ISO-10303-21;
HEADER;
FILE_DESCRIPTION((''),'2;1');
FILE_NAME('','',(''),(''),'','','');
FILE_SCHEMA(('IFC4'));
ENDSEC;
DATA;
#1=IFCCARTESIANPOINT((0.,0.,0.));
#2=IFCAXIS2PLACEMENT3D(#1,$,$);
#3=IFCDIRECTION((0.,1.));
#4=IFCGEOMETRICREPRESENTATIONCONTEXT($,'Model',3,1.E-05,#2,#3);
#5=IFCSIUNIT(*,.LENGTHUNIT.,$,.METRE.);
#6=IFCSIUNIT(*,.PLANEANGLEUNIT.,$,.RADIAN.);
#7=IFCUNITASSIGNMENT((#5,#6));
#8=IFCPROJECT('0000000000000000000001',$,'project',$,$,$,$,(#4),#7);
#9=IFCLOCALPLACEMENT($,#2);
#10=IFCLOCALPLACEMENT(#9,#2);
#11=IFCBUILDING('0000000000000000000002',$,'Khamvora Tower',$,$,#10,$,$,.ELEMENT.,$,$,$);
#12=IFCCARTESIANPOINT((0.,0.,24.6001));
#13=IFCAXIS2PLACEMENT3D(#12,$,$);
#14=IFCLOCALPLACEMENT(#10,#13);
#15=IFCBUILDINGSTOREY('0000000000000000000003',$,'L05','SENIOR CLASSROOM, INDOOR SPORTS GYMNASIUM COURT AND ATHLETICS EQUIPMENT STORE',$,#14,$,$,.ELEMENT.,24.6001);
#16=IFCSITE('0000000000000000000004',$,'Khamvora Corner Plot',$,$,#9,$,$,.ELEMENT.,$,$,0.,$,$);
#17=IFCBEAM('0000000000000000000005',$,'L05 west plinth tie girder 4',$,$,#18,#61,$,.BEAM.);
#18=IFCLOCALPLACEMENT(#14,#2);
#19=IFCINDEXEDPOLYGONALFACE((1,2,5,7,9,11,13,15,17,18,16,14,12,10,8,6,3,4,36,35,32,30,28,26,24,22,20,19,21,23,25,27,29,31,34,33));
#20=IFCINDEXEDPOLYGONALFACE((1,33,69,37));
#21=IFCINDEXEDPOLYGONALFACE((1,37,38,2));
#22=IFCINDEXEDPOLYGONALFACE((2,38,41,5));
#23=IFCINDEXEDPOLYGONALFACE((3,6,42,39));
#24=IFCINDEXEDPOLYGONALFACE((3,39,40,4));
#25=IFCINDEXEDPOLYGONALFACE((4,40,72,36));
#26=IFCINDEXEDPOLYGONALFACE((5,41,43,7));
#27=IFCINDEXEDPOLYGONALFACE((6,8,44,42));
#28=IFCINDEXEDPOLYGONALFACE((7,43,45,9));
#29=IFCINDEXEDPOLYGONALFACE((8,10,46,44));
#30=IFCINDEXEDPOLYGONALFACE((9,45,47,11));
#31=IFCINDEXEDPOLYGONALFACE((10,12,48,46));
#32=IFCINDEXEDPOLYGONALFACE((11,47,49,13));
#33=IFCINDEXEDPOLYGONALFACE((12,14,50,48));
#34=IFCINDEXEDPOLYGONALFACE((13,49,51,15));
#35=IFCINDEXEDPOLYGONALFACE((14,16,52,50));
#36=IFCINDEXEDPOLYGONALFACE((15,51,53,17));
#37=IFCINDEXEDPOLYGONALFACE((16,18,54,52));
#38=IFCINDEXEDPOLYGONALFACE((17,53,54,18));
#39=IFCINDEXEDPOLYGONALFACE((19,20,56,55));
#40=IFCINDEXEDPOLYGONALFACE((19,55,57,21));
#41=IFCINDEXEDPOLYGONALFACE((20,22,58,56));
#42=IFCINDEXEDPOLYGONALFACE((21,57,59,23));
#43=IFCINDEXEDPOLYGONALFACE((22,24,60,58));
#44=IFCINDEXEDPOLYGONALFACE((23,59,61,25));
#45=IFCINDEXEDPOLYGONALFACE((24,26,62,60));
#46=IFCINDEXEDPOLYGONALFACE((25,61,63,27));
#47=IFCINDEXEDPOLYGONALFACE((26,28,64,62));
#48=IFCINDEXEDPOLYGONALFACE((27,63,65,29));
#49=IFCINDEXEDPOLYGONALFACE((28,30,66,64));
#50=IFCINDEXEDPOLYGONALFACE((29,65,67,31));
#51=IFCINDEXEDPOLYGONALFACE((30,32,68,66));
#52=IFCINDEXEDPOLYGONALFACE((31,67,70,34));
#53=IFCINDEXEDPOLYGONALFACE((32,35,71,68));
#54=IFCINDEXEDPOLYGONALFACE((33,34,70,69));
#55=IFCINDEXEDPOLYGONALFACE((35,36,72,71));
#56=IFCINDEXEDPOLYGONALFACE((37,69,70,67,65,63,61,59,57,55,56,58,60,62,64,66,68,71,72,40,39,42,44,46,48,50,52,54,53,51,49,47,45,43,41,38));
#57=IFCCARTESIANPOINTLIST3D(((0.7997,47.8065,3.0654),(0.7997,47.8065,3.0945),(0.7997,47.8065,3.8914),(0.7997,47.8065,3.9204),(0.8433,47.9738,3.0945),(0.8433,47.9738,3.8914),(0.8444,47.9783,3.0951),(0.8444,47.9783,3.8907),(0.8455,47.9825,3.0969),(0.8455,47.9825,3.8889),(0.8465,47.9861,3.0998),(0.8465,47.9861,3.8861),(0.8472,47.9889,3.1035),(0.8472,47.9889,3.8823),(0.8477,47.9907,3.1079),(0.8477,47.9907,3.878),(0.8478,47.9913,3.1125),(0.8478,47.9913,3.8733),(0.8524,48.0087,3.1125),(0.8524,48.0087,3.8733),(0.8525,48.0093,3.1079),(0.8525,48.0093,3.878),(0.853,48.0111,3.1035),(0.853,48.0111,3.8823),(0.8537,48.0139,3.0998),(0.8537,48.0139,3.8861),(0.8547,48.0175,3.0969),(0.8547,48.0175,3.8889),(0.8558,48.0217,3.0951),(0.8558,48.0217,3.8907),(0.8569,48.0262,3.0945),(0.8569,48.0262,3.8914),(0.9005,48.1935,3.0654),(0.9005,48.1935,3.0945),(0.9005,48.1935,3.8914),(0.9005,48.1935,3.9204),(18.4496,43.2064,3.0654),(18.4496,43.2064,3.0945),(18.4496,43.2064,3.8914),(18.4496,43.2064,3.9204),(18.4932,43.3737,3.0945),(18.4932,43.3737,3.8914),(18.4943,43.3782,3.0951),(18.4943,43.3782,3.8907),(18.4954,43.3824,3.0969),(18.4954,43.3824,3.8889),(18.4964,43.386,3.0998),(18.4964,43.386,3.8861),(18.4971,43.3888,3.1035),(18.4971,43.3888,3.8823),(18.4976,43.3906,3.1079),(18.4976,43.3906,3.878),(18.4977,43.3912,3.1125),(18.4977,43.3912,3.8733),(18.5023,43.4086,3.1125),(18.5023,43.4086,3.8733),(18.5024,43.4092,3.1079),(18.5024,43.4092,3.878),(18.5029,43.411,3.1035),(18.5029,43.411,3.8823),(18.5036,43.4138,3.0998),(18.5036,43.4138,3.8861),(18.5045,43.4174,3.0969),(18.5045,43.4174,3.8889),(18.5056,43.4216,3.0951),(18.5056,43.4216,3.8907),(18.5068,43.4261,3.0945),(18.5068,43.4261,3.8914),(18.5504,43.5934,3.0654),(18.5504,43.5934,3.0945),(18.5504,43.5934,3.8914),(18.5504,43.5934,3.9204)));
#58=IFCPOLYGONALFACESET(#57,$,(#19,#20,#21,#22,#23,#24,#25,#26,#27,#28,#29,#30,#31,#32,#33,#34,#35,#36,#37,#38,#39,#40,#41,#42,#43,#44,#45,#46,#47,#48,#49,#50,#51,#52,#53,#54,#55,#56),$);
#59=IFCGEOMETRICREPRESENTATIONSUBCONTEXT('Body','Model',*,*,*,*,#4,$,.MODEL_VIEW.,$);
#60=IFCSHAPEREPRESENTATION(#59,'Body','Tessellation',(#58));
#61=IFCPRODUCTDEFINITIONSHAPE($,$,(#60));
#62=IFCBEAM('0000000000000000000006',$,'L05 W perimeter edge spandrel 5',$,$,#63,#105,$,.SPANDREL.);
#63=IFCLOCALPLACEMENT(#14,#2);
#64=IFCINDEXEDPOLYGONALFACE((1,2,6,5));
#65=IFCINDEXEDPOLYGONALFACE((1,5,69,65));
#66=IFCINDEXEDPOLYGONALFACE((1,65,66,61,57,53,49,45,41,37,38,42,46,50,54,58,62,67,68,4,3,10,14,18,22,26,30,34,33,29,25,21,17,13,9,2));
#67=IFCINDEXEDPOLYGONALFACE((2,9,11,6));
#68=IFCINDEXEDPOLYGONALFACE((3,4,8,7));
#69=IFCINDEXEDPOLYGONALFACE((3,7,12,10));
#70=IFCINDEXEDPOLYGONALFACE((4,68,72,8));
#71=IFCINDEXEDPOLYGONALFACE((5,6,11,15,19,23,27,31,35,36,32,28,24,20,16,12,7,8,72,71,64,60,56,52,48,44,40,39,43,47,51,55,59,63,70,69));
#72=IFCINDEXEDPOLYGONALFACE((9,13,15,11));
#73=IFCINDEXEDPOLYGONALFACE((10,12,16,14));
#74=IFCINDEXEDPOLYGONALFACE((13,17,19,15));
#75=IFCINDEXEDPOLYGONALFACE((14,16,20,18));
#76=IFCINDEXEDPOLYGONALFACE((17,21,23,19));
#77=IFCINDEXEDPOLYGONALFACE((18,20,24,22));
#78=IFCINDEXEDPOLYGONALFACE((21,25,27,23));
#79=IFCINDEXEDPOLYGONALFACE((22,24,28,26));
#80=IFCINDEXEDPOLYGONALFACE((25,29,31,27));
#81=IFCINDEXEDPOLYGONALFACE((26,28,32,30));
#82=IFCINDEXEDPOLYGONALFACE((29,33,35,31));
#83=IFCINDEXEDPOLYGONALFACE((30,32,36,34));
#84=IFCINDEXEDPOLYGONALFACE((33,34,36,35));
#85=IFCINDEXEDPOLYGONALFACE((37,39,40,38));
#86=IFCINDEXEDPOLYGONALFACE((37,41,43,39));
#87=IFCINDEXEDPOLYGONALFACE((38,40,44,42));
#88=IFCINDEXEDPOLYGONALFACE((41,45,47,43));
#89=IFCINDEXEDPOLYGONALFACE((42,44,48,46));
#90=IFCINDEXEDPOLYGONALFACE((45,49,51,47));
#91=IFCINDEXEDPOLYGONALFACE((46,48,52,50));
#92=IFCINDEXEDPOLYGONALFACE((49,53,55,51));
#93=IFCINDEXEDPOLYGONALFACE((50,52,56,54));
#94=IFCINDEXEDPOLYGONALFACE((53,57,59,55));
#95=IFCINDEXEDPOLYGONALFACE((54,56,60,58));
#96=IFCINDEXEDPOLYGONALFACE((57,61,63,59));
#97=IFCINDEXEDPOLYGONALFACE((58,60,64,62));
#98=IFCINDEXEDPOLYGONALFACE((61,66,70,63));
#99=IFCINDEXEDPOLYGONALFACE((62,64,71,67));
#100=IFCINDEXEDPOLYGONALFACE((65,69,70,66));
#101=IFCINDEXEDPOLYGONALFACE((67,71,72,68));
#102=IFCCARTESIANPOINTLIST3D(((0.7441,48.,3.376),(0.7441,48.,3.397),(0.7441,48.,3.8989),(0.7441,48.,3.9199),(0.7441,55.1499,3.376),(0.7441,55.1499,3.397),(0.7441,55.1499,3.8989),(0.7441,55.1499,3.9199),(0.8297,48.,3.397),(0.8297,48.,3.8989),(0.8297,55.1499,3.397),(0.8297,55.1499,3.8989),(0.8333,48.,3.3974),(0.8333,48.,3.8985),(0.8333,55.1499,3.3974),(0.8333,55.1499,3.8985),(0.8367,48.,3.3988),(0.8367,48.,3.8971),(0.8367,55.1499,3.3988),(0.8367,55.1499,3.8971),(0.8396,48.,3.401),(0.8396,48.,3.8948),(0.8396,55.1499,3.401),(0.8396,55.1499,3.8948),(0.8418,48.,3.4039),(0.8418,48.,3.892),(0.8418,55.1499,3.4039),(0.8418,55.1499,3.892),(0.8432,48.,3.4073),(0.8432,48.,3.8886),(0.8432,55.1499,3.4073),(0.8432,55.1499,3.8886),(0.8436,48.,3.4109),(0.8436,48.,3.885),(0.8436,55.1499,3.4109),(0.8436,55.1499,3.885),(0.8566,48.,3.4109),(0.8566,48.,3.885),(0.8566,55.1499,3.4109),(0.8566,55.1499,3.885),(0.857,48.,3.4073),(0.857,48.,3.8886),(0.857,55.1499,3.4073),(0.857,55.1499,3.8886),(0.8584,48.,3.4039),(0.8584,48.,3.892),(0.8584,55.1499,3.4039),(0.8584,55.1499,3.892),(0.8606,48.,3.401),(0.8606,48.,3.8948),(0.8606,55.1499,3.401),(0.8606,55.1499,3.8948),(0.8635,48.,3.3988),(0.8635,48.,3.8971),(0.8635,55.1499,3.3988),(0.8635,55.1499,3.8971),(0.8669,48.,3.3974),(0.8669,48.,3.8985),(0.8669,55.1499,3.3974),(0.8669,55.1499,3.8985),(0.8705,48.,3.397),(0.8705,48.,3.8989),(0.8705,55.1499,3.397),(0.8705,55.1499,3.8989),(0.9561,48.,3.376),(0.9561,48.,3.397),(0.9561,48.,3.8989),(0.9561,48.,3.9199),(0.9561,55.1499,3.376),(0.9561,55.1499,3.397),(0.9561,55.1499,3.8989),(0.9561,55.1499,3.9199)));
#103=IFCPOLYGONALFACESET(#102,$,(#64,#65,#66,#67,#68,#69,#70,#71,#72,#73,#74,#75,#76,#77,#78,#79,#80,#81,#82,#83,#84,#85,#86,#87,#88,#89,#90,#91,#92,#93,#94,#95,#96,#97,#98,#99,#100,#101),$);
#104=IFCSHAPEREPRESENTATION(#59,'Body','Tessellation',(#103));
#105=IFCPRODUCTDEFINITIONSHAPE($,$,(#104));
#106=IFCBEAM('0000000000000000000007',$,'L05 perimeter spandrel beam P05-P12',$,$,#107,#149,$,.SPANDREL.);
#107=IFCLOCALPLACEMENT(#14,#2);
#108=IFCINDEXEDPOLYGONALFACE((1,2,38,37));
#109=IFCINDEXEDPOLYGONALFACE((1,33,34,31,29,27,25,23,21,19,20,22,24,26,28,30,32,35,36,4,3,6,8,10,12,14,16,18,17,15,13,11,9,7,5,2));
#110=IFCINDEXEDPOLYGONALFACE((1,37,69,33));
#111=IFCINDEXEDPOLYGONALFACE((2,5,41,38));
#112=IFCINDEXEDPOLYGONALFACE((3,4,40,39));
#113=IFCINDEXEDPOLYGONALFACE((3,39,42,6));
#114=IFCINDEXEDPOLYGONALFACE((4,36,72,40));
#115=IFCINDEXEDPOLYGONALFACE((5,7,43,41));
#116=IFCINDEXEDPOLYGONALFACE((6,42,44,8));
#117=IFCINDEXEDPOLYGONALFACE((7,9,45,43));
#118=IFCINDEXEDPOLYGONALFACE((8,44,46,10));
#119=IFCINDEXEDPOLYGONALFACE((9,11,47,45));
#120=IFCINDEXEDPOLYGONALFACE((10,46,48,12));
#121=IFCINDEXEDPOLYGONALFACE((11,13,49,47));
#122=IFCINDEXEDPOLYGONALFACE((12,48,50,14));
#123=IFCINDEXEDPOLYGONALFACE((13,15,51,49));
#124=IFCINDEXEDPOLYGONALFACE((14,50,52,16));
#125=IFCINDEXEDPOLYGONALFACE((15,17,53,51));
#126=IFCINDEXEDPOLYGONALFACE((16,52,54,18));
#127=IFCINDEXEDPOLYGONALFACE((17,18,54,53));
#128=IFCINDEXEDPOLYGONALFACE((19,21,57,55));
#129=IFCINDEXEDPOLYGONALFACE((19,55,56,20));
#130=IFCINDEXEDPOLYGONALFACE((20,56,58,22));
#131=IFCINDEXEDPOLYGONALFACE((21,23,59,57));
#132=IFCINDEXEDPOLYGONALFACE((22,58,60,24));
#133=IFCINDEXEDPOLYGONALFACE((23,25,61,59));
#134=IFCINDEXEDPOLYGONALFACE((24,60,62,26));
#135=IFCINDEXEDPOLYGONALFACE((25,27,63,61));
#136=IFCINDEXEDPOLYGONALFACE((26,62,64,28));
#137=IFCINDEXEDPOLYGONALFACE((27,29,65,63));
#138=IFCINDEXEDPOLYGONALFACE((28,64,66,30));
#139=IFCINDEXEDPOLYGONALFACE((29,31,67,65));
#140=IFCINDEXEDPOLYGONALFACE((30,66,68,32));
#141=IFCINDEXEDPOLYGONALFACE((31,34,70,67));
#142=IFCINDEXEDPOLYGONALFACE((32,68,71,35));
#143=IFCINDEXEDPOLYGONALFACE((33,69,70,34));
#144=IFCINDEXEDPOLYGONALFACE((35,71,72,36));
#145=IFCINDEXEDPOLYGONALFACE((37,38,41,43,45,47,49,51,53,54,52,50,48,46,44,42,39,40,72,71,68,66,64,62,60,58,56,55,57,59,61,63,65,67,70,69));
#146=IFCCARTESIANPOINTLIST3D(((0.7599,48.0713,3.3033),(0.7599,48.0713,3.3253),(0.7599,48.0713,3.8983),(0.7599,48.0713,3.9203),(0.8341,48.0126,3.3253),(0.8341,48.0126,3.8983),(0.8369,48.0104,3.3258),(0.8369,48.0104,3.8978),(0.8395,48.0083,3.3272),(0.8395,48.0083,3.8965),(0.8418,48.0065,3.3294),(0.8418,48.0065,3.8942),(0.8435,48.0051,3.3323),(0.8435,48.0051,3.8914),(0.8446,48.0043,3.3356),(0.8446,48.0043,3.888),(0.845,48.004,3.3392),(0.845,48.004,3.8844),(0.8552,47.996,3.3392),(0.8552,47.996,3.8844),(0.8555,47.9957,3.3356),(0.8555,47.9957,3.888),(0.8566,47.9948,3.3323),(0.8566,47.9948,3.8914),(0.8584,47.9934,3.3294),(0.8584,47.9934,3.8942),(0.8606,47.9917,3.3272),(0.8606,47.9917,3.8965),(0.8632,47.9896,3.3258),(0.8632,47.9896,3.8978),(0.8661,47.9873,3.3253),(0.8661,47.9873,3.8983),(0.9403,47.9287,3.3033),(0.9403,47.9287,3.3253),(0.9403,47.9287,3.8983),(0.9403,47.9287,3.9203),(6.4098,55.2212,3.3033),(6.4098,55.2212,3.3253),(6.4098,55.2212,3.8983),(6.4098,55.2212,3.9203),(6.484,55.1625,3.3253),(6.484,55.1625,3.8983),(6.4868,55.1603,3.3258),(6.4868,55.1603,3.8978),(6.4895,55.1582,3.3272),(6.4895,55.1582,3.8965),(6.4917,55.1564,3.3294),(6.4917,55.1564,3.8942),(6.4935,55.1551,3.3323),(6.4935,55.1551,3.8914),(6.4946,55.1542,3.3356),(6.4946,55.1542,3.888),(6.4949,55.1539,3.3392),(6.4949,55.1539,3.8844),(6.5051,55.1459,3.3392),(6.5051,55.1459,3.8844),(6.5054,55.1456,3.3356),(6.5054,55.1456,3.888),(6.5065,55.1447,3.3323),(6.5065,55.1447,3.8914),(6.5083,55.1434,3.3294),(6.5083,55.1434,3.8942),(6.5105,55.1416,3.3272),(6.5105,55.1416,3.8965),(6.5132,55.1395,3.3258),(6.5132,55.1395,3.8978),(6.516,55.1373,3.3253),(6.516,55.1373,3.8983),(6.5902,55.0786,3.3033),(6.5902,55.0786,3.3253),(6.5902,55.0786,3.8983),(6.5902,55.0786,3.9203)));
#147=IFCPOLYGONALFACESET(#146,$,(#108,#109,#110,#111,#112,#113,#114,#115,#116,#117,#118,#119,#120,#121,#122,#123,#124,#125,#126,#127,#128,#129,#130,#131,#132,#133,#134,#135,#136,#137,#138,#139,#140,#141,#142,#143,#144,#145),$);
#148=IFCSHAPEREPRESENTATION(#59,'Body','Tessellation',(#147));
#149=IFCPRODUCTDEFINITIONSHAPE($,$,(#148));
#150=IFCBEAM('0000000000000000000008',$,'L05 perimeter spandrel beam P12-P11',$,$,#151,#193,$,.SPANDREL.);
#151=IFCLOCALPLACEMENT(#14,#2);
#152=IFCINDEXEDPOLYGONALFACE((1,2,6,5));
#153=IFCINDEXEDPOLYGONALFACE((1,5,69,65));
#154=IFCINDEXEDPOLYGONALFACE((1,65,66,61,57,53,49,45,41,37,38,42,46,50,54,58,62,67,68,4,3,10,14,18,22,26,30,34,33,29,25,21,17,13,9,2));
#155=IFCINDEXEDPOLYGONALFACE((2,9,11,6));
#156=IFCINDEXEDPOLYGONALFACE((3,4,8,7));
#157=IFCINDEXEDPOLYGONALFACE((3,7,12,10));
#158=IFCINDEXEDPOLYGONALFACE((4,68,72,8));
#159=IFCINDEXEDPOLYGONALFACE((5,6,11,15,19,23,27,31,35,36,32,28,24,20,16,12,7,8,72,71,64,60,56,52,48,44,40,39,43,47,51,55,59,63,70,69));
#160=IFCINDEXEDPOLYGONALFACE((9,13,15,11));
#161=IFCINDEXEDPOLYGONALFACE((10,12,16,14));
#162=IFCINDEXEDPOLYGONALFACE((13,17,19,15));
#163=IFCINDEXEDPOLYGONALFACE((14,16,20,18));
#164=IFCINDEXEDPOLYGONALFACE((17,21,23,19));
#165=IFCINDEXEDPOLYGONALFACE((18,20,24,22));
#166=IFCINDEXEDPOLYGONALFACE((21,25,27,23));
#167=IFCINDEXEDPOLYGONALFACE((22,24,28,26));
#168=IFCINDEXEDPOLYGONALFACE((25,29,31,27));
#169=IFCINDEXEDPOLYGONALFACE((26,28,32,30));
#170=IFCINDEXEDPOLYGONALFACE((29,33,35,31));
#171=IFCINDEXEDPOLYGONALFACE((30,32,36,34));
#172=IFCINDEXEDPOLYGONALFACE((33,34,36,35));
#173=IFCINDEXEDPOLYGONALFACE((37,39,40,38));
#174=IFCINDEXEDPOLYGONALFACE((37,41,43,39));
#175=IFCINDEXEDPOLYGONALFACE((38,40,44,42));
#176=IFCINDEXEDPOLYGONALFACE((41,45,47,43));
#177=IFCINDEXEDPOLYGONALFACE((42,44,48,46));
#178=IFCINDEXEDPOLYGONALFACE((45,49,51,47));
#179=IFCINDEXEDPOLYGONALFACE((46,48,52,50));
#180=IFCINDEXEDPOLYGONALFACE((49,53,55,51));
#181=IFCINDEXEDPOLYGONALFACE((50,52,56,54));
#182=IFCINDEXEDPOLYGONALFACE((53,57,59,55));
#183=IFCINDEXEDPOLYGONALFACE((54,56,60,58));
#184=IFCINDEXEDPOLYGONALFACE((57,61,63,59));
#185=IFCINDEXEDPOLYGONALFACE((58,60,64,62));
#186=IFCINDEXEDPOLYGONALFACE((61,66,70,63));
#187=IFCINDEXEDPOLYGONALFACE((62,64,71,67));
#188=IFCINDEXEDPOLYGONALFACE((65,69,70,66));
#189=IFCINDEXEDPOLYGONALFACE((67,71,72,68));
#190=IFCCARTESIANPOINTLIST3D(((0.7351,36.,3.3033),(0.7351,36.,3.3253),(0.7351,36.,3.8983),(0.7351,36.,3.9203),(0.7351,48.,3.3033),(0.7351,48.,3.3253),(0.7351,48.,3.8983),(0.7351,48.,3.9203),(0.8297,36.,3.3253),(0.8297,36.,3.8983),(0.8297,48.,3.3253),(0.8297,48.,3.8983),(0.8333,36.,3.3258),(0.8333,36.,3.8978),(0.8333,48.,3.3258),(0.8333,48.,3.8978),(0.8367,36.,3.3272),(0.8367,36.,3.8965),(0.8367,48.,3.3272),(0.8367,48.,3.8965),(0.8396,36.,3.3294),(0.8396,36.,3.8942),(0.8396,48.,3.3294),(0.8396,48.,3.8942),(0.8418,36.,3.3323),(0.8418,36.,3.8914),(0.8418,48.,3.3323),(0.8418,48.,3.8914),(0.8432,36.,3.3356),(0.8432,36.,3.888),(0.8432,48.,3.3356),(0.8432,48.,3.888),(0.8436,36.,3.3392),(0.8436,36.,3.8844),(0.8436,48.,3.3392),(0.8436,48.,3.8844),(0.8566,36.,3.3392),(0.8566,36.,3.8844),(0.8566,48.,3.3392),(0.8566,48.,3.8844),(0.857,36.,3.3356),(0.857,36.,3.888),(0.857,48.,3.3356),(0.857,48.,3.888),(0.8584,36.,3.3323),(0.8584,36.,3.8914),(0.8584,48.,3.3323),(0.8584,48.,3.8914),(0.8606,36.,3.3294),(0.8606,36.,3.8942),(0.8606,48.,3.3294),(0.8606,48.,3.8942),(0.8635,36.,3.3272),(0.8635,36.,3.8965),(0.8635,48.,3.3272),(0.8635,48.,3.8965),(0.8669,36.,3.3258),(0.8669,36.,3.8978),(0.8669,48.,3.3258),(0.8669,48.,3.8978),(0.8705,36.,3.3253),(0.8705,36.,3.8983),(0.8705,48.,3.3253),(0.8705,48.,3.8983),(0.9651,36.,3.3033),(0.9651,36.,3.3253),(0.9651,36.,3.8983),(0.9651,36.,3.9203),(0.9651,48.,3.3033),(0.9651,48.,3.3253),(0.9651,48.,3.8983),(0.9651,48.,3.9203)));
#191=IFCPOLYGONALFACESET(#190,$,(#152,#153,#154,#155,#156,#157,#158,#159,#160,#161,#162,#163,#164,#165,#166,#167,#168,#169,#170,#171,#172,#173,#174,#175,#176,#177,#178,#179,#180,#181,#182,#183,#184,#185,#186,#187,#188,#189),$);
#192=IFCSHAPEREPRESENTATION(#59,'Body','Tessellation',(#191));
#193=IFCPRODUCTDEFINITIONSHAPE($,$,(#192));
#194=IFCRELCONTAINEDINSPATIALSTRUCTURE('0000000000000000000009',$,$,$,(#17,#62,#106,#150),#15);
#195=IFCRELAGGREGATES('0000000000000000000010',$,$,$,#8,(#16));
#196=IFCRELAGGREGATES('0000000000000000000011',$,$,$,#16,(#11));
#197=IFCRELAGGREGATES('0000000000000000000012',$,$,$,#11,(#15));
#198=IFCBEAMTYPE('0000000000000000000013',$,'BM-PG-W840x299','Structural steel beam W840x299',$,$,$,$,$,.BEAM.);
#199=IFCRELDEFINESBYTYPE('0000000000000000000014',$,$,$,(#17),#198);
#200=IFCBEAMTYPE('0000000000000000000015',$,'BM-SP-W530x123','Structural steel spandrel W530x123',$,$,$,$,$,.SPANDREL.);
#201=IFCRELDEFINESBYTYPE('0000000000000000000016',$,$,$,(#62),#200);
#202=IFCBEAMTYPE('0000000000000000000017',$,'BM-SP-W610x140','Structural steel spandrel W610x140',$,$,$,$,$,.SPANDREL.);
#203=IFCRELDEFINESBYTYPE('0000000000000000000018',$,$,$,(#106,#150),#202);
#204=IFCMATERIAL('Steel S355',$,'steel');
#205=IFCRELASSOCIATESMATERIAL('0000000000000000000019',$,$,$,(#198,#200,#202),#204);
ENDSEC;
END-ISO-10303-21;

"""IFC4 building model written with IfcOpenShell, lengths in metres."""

from ifc_helpers import new_model, si_unit, direction, frame, origin, origin_2d, place, context, subcontext, project, spatial, i_section, extrude, material, material_profile, profile_set, type_object, element, save


model = new_model("IFC4")

# Units and contexts
model_context = context("Model", 3, precision=1e-05, world=origin(), true_north=direction((0.0, 1.0)))
body_context = subcontext(model_context, "Body", "Model", "MODEL_VIEW")
ifc_project = project(units=[si_unit("LENGTHUNIT", "METRE"), si_unit("PLANEANGLEUNIT", "RADIAN")], contexts=[model_context])

# Site, building, storey
site_placement = place(None, origin())
site = spatial("IfcSite", under=ifc_project, at=site_placement, Name="Khamvora Corner Plot", CompositionType="ELEMENT", RefElevation=0.0)
building_placement = place(site_placement, origin())
building = spatial("IfcBuilding", under=site, at=building_placement, Name="Khamvora Tower", CompositionType="ELEMENT")
storey_placement = place(building_placement, frame((0.0, 0.0, 24.6001)))
storey = spatial("IfcBuildingStorey", under=building, at=storey_placement, Name="L05", Description="SENIOR CLASSROOM, INDOOR SPORTS GYMNASIUM COURT AND ATHLETICS EQUIPMENT STORE", CompositionType="ELEMENT", Elevation=24.6001)

# Beams
ifc_material_1 = material(Name="Steel S355", Category="steel")
ifc_material_profile_1 = material_profile(ifc_material_1, i_section(OverallWidth=0.3999, OverallDepth=0.855, WebThickness=0.0181, FlangeThickness=0.0291, FilletRadius=0.0181, at=origin_2d()), Name="W840x299")
ifc_profile_set_1 = profile_set([ifc_material_profile_1], Name="Steel S355")
beam_type_1 = type_object("IfcBeamType", Name="BM-PG-W840x299", Description="Structural steel beam W840x299", PredefinedType="BEAM", material=ifc_profile_set_1)
beam_1_placement = place(storey_placement, frame((0.8501, 48.0, 3.4929), z_axis=(0.967674, -0.252205, 0.0), x_axis=(0.252205, 0.967674, 0.0)))
element("IfcBeam", 1, at=beam_1_placement, inside=storey, type_object=beam_type_1, Name="L05 west plinth tie girder 4", PredefinedType="BEAM", context=body_context, shape_type="SweptSolid", body=[
    extrude(i_section(OverallWidth=0.3999, OverallDepth=0.855, WebThickness=0.0181, FlangeThickness=0.0291, FilletRadius=0.0181, at=origin_2d()), origin(), (0.0, 0.0, 1.0), 18.2395),
])
ifc_material_profile_2 = material_profile(ifc_material_1, i_section(OverallWidth=0.2119, OverallDepth=0.5439, WebThickness=0.0129, FlangeThickness=0.021, FilletRadius=0.0139, at=origin_2d()), Name="W530x123")
ifc_profile_set_2 = profile_set([ifc_material_profile_2], Name="Steel S355")
beam_type_2 = type_object("IfcBeamType", Name="BM-SP-W530x123", Description="Structural steel spandrel W530x123", PredefinedType="SPANDREL", material=ifc_profile_set_2)
beam_2_placement = place(storey_placement, frame((0.8501, 48.0, 3.6479), z_axis=(0.0, 1.0, 0.0), x_axis=(-1.0, 0.0, 0.0)))
element("IfcBeam", 2, at=beam_2_placement, inside=storey, type_object=beam_type_2, Name="L05 W perimeter edge spandrel 5", PredefinedType="SPANDREL", context=body_context, shape_type="SweptSolid", body=[
    extrude(i_section(OverallWidth=0.2119, OverallDepth=0.5439, WebThickness=0.0129, FlangeThickness=0.021, FilletRadius=0.0139, at=origin_2d()), origin(), (0.0, 0.0, 1.0), 7.1499),
])
ifc_material_profile_3 = material_profile(ifc_material_1, i_section(OverallWidth=0.23, OverallDepth=0.6169, WebThickness=0.0129, FlangeThickness=0.022, FilletRadius=0.0139, at=origin_2d()), Name="W610x140")
ifc_profile_set_3 = profile_set([ifc_material_profile_3], Name="Steel S355")
beam_type_3 = type_object("IfcBeamType", Name="BM-SP-W610x140", Description="Structural steel spandrel W610x140", PredefinedType="SPANDREL", material=ifc_profile_set_3)
beam_3_placement = place(storey_placement, frame((6.5, 55.1499, 3.6118), z_axis=(-0.619999, -0.784603, 0.0), x_axis=(0.784603, -0.619999, 0.0)))
element("IfcBeam", 3, at=beam_3_placement, inside=storey, type_object=beam_type_3, Name="L05 perimeter spandrel beam P05-P12", PredefinedType="SPANDREL", context=body_context, shape_type="SweptSolid", body=[
    extrude(i_section(OverallWidth=0.23, OverallDepth=0.6169, WebThickness=0.0129, FlangeThickness=0.022, FilletRadius=0.0139, at=origin_2d()), origin(), (0.0, 0.0, 1.0), 9.1128),
])
beam_4_placement = place(storey_placement, frame((0.8501, 48.0, 3.6118), z_axis=(0.0, -1.0, 0.0), x_axis=(1.0, 0.0, 0.0)))
element("IfcBeam", 4, at=beam_4_placement, inside=storey, type_object=beam_type_3, Name="L05 perimeter spandrel beam P12-P11", PredefinedType="SPANDREL", context=body_context, shape_type="SweptSolid", body=[
    extrude(i_section(OverallWidth=0.23, OverallDepth=0.6169, WebThickness=0.0129, FlangeThickness=0.022, FilletRadius=0.0139, at=origin_2d()), origin(), (0.0, 0.0, 1.0), 12.0),
])

save(model, "model.ifc")
